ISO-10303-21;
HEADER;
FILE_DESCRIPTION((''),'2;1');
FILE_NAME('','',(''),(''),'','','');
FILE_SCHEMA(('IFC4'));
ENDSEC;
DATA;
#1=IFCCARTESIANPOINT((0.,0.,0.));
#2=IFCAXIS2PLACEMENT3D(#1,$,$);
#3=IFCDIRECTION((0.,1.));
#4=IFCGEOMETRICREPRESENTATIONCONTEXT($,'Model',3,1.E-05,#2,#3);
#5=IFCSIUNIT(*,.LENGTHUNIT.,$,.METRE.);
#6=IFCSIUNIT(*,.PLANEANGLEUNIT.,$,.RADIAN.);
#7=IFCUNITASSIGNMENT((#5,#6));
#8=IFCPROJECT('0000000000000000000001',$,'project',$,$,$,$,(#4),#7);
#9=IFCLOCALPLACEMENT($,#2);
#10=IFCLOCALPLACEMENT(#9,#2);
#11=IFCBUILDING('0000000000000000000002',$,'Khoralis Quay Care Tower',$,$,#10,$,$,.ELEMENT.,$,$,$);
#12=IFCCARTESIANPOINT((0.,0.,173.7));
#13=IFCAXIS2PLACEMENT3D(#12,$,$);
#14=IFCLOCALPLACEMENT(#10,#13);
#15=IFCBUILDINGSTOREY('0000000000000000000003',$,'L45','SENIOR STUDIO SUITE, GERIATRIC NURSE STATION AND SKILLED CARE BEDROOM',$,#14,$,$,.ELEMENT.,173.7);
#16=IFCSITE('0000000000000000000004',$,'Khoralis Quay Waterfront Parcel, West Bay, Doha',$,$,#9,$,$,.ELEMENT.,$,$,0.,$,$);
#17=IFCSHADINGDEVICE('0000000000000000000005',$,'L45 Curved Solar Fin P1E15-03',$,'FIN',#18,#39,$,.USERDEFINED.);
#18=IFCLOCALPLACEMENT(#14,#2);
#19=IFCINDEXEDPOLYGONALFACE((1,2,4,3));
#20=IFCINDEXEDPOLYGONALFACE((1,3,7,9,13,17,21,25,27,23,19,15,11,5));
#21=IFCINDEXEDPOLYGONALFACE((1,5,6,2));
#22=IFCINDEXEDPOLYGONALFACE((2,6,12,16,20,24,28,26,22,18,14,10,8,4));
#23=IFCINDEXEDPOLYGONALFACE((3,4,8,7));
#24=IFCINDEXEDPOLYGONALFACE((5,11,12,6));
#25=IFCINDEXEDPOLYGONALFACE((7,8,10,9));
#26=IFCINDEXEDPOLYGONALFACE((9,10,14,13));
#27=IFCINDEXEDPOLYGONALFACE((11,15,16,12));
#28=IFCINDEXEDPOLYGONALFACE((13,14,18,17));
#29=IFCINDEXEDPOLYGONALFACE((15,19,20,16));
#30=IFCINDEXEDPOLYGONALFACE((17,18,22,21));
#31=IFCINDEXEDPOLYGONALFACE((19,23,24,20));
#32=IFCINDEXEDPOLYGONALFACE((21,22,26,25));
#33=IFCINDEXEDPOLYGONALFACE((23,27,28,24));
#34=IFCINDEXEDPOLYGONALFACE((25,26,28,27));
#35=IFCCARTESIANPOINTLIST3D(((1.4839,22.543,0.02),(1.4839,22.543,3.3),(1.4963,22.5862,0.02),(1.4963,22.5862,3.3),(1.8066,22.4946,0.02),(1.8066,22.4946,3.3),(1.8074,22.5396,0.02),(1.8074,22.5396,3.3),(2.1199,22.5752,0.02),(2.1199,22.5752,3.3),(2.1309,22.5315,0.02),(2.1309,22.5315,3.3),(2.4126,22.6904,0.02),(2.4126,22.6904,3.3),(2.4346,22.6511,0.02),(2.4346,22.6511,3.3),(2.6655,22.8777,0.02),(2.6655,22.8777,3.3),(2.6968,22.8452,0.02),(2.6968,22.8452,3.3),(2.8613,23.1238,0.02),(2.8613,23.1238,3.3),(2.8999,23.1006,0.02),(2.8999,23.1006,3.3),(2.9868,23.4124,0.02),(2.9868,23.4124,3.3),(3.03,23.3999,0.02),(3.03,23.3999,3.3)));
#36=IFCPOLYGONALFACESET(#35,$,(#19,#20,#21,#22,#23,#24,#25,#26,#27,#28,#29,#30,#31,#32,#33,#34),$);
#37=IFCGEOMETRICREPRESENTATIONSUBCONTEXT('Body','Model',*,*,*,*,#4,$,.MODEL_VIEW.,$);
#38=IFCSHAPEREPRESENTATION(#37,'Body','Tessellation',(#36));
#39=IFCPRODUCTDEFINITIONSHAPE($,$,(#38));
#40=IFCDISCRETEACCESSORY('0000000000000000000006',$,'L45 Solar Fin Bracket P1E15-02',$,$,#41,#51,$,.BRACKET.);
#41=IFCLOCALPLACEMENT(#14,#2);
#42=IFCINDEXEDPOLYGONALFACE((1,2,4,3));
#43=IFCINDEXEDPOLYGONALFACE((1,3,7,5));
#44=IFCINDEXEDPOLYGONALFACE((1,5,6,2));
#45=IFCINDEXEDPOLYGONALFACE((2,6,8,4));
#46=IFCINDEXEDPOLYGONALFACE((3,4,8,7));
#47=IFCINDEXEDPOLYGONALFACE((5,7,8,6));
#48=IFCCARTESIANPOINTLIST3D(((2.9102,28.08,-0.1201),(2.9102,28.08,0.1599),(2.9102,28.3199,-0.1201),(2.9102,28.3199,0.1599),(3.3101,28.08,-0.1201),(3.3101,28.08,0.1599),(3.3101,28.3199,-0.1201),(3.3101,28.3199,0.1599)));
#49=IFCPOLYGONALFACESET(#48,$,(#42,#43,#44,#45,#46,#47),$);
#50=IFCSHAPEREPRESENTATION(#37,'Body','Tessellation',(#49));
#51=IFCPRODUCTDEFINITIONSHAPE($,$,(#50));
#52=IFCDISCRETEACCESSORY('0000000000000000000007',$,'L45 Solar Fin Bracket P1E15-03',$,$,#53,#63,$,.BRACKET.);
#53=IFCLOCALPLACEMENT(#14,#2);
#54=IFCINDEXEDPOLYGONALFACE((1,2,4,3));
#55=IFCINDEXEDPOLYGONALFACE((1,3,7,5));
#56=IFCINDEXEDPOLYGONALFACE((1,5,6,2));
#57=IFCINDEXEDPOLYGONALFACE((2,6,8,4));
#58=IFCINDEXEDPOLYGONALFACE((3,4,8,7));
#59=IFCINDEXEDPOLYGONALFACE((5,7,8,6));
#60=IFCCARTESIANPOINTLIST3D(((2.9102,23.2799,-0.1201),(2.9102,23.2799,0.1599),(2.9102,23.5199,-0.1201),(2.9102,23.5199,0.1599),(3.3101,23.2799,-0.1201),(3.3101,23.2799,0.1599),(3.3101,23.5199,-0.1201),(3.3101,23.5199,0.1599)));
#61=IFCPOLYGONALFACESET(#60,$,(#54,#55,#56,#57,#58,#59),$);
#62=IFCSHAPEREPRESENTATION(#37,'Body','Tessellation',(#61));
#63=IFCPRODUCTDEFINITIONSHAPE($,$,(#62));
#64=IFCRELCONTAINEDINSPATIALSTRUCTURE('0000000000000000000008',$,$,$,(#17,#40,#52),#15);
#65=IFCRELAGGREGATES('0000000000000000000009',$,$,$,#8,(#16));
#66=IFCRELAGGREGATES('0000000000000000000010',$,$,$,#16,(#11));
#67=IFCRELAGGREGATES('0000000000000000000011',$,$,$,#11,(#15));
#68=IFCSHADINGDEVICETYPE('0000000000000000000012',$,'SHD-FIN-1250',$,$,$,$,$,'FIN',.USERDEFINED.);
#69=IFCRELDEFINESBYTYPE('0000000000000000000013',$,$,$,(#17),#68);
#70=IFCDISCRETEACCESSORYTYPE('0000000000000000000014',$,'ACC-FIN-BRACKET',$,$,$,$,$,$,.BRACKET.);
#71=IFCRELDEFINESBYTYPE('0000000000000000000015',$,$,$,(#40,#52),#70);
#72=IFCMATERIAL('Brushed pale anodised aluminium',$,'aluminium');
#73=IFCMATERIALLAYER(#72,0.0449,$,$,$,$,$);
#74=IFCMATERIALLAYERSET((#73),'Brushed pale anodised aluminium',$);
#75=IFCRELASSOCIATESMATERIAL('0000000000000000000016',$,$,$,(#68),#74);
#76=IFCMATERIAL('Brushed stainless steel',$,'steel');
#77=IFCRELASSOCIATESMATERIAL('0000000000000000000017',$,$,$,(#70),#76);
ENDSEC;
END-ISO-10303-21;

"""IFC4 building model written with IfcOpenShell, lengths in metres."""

from ifc_helpers import new_model, si_unit, direction, frame, origin, origin_2d, place, context, subcontext, project, spatial, polyline, rectangle, outline, extrude, source, transform, mapped, material, layer, layer_set, type_object, element, save


model = new_model("IFC4")

# Units and contexts
model_context = context("Model", 3, precision=1e-05, world=origin(), true_north=direction((0.0, 1.0)))
body_context = subcontext(model_context, "Body", "Model", "MODEL_VIEW")
ifc_project = project(units=[si_unit("LENGTHUNIT", "METRE"), si_unit("PLANEANGLEUNIT", "RADIAN")], contexts=[model_context])

# Site, building, storey
site_placement = place(None, origin())
site = spatial("IfcSite", under=ifc_project, at=site_placement, Name="Khoralis Quay Waterfront Parcel, West Bay, Doha", CompositionType="ELEMENT", RefElevation=0.0)
building_placement = place(site_placement, origin())
building = spatial("IfcBuilding", under=site, at=building_placement, Name="Khoralis Quay Care Tower", CompositionType="ELEMENT")
storey_placement = place(building_placement, frame((0.0, 0.0, 173.7)))
storey = spatial("IfcBuildingStorey", under=building, at=storey_placement, Name="L45", Description="SENIOR STUDIO SUITE, GERIATRIC NURSE STATION AND SKILLED CARE BEDROOM", CompositionType="ELEMENT", Elevation=173.7)

# Shading device
ifc_material_1 = material(Name="Brushed pale anodised aluminium", Category="aluminium")
ifc_layer_1 = layer(ifc_material_1, 0.0449)
ifc_layer_set_1 = layer_set([ifc_layer_1], Name="Brushed pale anodised aluminium")
shading_device_type = type_object("IfcShadingDeviceType", Name="SHD-FIN-1250", ElementType="FIN", PredefinedType="USERDEFINED", material=ifc_layer_set_1)
shared_shape_1 = source(origin(), body_context, "Body", "SweptSolid", [
    extrude(outline(polyline([(0.0, 0.0), (0.1301, 0.2993), (0.3333, 0.5547), (0.5955, 0.7488), (0.8992, 0.8684), (1.2234, 0.9053), (1.5461, 0.8569), (1.5337, 0.8137), (1.2227, 0.8604), (0.9102, 0.8247), (0.6174, 0.7095), (0.3645, 0.5222), (0.1687, 0.2761), (0.0432, -0.0125), (0.0, 0.0)])), origin(), (0.0, 0.0, 1.0), 3.28),
])
for number, where, z_axis, x_axis, name in (
    (1, (3.03, 23.3999, 0.02), (0.0, 0.0, 1.0), (-1.0, 0.0, 0.0), "L45 Curved Solar Fin P1E15-03"),
):
    element("IfcShadingDevice", number, at=place(storey_placement, frame(where, z_axis=z_axis, x_axis=x_axis)), inside=storey, type_object=shading_device_type, Name=name, ObjectType="FIN", PredefinedType="USERDEFINED", context=body_context, shape_type="MappedRepresentation", body=[
        mapped(shared_shape_1, transform((0.0, 0.0, 0.0), scale=1.0)),
    ])

# Discrete accessories
ifc_material_2 = material(Name="Brushed stainless steel", Category="steel")
discrete_accessory_type = type_object("IfcDiscreteAccessoryType", Name="ACC-FIN-BRACKET", PredefinedType="BRACKET", material=ifc_material_2)
shared_shape_2 = source(origin(), body_context, "Body", "SweptSolid", [
    extrude(rectangle(XDim=0.3999, YDim=0.24, at=origin_2d()), origin(), (0.0, 0.0, 1.0), 0.28),
])
for number, where, z_axis, x_axis, name in (
    (2, (3.1101, 28.2, -0.1201), (0.0, 0.0, 1.0), (-1.0, 0.0, 0.0), "L45 Solar Fin Bracket P1E15-02"),
    (3, (3.1101, 23.3999, -0.1201), (0.0, 0.0, 1.0), (-1.0, 0.0, 0.0), "L45 Solar Fin Bracket P1E15-03"),
):
    element("IfcDiscreteAccessory", number, at=place(storey_placement, frame(where, z_axis=z_axis, x_axis=x_axis)), inside=storey, type_object=discrete_accessory_type, Name=name, PredefinedType="BRACKET", context=body_context, shape_type="MappedRepresentation", body=[
        mapped(shared_shape_2, transform((0.0, 0.0, 0.0), scale=1.0)),
    ])

save(model, "model.ifc")
